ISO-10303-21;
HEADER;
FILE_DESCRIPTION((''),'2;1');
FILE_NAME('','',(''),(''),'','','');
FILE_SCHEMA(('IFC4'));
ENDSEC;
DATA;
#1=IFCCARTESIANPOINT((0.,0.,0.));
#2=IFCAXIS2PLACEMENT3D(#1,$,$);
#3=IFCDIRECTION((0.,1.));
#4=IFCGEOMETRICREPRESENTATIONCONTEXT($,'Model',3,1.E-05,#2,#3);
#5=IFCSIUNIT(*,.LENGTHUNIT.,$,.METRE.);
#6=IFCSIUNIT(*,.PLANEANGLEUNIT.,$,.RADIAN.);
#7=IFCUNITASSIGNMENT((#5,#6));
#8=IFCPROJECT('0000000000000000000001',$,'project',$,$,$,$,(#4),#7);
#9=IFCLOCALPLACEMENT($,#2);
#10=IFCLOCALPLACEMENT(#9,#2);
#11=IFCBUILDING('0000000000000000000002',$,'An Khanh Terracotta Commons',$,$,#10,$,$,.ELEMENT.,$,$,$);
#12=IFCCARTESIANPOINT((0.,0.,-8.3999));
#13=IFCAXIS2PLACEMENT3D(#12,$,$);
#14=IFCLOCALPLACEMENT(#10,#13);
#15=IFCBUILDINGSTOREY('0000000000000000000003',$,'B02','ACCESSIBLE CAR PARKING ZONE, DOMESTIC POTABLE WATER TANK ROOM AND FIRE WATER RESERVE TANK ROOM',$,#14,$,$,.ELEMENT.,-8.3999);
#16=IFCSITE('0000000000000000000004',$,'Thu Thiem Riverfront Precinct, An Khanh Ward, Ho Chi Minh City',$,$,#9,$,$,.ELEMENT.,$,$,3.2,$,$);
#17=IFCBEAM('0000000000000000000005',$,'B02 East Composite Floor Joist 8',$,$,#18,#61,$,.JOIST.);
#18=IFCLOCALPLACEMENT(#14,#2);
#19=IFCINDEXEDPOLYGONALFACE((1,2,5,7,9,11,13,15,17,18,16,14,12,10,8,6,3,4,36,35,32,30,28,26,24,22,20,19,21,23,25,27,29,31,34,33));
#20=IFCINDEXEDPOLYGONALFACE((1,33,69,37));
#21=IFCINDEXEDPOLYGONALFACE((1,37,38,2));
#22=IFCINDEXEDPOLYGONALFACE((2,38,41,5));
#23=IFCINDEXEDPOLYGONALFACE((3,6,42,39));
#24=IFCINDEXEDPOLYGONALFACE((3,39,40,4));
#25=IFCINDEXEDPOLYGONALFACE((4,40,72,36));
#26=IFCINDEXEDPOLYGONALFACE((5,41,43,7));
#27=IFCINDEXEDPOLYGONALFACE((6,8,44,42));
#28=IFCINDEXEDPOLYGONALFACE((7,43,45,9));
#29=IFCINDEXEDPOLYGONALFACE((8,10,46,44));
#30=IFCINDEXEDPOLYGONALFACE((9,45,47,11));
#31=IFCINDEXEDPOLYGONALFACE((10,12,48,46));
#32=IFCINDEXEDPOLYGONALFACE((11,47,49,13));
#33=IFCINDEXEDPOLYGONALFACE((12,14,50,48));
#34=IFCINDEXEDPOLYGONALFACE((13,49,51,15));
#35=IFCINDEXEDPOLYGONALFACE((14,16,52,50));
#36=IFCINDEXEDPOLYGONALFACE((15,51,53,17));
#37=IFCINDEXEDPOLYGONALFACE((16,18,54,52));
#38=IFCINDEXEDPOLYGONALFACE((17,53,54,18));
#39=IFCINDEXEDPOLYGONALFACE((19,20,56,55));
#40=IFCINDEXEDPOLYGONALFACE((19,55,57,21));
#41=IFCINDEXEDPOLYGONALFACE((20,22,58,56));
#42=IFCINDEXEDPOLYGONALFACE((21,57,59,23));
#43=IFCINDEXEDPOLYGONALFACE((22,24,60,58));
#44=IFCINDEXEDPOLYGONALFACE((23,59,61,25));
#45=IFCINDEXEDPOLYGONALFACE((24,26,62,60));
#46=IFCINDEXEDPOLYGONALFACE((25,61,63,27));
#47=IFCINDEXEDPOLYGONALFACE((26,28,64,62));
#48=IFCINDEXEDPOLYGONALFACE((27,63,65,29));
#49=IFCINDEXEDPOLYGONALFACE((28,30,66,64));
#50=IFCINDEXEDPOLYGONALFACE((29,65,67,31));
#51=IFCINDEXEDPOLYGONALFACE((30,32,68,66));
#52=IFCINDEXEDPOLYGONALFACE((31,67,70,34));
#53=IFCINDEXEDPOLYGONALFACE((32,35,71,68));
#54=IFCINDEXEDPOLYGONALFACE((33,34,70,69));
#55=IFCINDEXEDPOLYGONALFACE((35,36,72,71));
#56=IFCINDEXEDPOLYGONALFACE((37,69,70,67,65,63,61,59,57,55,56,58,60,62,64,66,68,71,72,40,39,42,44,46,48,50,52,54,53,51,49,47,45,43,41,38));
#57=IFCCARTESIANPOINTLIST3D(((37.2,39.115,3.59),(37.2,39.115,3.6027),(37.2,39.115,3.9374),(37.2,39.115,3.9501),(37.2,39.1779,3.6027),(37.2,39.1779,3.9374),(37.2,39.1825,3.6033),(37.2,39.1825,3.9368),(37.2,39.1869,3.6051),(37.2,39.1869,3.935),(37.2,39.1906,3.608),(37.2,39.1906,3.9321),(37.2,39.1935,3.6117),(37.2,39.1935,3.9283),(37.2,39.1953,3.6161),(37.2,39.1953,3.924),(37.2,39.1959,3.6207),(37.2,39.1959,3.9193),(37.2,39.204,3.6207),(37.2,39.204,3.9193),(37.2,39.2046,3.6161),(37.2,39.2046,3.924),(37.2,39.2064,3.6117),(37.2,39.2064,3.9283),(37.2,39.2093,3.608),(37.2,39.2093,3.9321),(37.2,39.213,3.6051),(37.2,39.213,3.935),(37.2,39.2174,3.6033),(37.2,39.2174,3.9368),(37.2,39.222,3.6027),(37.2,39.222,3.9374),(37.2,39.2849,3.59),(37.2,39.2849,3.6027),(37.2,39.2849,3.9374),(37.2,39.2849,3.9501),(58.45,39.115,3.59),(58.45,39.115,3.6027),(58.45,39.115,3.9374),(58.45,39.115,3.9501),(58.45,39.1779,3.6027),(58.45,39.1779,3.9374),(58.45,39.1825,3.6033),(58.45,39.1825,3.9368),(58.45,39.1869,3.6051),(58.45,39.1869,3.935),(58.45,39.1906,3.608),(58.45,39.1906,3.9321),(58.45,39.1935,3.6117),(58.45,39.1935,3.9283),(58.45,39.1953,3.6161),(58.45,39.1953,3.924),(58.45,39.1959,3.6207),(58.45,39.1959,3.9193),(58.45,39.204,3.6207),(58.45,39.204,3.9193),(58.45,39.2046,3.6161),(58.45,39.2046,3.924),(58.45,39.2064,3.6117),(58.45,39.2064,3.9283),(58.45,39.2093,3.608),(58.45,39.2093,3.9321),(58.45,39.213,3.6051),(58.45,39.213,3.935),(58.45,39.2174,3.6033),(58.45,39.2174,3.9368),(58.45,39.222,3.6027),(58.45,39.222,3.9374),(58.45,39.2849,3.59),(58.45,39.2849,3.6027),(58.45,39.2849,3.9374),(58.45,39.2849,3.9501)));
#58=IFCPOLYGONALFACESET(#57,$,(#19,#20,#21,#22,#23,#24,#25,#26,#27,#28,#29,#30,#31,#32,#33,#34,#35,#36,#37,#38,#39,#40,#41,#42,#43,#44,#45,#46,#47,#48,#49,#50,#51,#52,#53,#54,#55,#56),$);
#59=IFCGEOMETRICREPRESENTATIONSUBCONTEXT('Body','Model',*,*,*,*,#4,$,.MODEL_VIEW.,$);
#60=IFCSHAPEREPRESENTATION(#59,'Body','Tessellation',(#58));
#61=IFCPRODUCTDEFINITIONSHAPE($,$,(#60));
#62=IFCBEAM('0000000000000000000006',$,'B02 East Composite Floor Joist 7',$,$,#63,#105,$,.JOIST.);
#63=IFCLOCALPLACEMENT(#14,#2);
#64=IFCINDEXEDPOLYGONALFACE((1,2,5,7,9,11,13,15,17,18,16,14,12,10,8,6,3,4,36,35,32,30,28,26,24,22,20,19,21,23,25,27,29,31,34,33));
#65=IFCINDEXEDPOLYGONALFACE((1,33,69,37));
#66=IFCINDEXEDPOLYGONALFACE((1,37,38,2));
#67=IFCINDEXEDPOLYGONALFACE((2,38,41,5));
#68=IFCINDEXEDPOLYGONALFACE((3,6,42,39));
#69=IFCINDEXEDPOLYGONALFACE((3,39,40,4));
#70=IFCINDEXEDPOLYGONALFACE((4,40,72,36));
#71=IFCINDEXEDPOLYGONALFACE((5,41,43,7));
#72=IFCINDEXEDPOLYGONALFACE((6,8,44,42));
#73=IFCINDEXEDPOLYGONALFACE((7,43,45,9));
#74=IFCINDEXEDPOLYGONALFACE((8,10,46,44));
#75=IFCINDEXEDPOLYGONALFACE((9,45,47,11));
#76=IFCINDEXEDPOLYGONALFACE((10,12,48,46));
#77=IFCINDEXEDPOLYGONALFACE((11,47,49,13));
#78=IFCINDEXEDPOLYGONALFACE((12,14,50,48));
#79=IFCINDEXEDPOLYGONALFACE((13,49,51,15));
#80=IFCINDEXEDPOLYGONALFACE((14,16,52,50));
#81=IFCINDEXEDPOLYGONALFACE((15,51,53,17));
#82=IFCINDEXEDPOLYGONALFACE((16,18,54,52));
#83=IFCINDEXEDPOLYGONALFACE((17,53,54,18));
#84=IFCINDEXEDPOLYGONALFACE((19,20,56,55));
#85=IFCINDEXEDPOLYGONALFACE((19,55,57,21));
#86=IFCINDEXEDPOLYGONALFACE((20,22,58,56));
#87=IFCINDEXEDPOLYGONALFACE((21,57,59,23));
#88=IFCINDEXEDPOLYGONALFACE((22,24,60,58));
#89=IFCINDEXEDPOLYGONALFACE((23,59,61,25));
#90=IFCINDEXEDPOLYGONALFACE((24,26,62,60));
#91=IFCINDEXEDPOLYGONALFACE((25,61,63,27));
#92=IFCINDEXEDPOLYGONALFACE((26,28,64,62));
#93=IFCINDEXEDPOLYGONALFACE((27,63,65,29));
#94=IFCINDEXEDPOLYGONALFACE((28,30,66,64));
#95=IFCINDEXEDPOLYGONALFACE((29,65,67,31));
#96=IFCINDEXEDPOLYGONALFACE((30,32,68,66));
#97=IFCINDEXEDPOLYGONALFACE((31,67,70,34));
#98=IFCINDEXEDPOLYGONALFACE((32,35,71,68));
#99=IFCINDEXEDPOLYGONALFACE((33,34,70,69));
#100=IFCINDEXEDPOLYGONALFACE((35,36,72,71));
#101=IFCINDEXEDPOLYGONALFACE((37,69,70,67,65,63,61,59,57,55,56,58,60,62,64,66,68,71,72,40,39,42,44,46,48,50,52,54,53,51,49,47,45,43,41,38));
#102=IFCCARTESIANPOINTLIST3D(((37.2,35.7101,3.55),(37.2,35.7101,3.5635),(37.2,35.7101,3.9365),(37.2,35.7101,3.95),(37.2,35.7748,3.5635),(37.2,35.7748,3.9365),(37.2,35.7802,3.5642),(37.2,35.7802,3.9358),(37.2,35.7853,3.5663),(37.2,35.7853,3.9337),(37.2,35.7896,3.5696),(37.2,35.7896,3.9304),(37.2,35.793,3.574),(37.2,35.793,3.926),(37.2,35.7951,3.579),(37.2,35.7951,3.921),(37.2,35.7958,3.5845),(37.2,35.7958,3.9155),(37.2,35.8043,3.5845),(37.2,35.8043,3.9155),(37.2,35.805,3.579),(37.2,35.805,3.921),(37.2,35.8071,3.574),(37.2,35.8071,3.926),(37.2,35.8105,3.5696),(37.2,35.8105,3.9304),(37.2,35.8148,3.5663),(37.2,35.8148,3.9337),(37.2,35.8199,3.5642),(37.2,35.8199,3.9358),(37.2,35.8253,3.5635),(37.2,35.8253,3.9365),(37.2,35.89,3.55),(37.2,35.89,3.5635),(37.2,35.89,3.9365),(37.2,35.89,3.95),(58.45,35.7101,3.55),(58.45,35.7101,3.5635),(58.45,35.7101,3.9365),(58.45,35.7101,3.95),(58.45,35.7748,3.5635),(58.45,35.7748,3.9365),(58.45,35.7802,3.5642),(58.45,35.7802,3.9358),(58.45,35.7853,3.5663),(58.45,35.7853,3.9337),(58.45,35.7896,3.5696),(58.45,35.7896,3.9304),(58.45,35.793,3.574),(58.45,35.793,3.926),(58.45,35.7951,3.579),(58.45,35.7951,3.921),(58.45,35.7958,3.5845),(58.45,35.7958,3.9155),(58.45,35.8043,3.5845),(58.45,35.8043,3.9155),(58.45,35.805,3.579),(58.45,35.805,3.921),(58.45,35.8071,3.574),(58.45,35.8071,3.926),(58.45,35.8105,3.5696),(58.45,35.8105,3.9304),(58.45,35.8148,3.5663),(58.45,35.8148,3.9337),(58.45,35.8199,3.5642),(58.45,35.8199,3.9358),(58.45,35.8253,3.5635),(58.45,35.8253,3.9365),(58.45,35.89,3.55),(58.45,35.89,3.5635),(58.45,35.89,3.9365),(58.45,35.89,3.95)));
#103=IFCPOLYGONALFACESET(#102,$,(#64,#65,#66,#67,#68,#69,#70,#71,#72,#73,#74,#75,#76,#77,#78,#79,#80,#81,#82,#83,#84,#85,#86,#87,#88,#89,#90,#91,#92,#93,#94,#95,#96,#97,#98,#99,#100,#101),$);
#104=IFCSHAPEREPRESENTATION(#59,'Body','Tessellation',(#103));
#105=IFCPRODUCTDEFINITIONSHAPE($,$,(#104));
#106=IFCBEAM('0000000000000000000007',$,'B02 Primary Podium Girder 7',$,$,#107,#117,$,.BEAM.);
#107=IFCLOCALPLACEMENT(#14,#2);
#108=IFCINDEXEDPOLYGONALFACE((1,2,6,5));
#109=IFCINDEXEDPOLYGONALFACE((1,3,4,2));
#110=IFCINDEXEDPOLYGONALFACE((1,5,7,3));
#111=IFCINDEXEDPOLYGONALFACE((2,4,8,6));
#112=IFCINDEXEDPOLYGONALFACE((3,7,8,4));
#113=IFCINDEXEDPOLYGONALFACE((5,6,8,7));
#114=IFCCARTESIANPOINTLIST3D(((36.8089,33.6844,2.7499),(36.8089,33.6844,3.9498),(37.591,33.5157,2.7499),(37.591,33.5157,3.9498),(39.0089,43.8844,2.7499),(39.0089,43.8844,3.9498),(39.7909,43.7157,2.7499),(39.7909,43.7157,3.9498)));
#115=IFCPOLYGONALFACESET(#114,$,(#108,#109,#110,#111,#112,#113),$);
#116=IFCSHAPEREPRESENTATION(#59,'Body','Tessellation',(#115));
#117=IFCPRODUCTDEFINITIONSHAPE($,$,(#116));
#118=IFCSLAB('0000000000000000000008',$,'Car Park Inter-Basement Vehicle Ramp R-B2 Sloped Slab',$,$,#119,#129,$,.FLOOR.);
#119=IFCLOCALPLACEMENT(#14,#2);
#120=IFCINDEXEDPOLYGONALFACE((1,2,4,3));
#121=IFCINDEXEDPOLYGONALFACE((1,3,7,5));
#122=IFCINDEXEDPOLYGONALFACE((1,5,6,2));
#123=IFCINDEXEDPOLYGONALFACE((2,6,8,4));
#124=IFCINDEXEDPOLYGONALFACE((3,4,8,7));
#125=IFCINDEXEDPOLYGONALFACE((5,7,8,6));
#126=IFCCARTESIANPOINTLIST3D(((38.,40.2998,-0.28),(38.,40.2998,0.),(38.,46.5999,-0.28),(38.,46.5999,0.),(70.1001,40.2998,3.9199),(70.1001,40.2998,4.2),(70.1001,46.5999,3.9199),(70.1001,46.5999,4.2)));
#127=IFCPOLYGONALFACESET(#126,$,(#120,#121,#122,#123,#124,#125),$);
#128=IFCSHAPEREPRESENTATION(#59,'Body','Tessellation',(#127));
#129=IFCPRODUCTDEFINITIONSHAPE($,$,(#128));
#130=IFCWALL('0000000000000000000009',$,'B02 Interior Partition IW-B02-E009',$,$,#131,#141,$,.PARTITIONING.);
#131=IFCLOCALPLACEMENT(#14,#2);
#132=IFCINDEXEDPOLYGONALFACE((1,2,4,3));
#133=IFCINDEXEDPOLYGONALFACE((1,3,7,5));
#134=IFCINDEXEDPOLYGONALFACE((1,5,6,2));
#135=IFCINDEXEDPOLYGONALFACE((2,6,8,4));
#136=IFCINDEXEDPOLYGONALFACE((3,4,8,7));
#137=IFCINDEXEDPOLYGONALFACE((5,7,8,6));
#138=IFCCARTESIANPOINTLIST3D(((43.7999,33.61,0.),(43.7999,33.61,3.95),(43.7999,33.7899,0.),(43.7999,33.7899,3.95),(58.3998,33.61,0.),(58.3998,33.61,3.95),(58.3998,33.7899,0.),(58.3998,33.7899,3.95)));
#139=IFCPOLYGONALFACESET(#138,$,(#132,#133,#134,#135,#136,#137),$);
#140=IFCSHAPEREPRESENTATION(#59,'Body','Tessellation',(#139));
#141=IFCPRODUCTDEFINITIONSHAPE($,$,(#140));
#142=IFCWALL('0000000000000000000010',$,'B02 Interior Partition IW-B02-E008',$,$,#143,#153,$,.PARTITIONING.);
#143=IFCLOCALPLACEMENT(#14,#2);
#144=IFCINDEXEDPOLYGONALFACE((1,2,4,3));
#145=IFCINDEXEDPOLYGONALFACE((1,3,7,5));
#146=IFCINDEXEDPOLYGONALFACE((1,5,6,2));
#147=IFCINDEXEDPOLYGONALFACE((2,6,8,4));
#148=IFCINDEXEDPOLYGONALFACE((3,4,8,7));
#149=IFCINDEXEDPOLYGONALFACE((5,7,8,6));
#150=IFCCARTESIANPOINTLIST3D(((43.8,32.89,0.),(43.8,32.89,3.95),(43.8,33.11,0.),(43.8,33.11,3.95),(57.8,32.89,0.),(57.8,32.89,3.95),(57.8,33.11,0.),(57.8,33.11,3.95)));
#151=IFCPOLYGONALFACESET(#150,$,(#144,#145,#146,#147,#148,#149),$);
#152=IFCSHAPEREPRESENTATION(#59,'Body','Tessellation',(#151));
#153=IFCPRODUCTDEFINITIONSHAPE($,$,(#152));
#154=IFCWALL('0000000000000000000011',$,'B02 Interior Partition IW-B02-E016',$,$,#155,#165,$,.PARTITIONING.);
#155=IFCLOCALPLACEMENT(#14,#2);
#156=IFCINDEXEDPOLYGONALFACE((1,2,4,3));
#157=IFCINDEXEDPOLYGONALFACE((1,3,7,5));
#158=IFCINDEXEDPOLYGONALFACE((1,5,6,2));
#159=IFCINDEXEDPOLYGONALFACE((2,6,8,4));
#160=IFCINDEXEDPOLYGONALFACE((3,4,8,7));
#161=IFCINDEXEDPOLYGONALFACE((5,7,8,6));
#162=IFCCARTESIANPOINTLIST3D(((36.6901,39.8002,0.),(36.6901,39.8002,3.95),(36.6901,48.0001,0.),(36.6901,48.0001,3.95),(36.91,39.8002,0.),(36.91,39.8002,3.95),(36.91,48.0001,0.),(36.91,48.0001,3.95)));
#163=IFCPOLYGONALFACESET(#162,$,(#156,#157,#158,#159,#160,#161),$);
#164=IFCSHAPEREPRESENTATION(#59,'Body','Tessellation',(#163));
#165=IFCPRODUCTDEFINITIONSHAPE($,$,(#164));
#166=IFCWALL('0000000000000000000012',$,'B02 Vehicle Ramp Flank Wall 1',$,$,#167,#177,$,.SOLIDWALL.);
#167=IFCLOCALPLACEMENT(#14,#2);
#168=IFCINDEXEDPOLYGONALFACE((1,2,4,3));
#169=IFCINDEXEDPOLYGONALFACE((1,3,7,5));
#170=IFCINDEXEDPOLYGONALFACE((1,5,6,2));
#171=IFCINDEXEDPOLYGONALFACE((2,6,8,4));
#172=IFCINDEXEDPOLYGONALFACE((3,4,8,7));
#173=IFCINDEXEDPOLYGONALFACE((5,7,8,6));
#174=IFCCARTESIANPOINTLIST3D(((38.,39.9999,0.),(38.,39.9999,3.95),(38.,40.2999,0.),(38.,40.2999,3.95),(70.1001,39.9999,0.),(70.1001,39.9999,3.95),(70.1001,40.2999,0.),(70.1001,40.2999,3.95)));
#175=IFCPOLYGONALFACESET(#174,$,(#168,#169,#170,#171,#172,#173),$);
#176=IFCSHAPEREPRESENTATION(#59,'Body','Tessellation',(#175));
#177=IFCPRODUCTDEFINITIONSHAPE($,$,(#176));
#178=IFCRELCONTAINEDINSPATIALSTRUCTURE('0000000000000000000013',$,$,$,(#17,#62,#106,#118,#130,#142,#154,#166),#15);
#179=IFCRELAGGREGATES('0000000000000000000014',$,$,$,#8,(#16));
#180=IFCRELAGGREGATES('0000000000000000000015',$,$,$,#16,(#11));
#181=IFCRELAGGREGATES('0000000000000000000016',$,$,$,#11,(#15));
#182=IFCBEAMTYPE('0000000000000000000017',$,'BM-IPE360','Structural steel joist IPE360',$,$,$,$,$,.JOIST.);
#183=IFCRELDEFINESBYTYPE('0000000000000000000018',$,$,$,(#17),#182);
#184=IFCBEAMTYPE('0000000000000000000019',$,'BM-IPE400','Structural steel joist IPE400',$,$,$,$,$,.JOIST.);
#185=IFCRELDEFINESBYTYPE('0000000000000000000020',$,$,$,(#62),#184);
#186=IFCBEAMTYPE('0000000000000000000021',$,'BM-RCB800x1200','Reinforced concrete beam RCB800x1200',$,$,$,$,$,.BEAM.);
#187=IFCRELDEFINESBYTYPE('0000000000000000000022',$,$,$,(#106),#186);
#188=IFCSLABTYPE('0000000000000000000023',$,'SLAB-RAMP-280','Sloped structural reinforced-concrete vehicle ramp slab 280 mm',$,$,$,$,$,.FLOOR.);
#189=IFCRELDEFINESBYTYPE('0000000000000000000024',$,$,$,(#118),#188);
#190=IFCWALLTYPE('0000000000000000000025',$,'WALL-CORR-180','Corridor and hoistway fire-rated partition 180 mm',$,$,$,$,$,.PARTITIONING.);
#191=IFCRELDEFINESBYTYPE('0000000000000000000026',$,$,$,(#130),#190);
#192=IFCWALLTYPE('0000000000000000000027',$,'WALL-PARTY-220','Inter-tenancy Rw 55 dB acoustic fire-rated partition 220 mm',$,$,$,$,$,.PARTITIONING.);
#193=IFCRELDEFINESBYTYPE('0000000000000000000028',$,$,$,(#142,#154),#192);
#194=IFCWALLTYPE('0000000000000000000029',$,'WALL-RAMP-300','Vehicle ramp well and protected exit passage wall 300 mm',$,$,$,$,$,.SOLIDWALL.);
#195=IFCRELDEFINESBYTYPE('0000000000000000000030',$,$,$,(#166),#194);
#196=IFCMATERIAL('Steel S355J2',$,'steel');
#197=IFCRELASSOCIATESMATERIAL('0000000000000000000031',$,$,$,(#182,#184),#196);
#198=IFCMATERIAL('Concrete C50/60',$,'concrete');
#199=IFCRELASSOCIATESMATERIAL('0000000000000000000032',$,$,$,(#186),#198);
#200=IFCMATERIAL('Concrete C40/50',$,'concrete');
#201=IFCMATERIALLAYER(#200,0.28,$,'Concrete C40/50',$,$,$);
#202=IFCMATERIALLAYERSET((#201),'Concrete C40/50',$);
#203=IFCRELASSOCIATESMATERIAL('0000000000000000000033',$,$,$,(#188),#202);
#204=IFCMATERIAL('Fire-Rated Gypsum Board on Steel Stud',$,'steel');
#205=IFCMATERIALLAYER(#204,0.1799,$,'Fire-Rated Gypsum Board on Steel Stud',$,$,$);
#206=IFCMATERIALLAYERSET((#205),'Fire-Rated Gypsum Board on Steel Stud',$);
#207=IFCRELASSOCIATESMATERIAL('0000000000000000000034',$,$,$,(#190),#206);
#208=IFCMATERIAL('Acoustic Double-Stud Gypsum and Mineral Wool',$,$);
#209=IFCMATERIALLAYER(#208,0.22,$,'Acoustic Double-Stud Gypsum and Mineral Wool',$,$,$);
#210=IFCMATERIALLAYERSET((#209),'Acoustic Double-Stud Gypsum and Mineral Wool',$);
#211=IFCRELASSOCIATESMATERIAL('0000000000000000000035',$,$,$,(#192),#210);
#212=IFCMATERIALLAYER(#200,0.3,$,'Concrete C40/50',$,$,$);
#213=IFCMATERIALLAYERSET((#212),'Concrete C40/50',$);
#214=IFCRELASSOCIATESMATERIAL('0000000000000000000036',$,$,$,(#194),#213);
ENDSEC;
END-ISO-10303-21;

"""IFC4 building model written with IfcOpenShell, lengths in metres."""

from ifc_helpers import new_model, si_unit, direction, frame, frame_2d, origin, origin_2d, place, context, subcontext, project, spatial, polyline, rectangle, i_section, outline, extrude, material, layer, layer_set, material_profile, profile_set, type_object, element, save


model = new_model("IFC4")

# Units and contexts
model_context = context("Model", 3, precision=1e-05, world=origin(), true_north=direction((0.0, 1.0)))
body_context = subcontext(model_context, "Body", "Model", "MODEL_VIEW")
ifc_project = project(units=[si_unit("LENGTHUNIT", "METRE"), si_unit("PLANEANGLEUNIT", "RADIAN")], contexts=[model_context])

# Site, building, storey
site_placement = place(None, origin())
site = spatial("IfcSite", under=ifc_project, at=site_placement, Name="Thu Thiem Riverfront Precinct, An Khanh Ward, Ho Chi Minh City", CompositionType="ELEMENT", RefElevation=3.2)
building_placement = place(site_placement, origin())
building = spatial("IfcBuilding", under=site, at=building_placement, Name="An Khanh Terracotta Commons", CompositionType="ELEMENT")
storey_placement = place(building_placement, frame((0.0, 0.0, -8.3999)))
storey = spatial("IfcBuildingStorey", under=building, at=storey_placement, Name="B02", Description="ACCESSIBLE CAR PARKING ZONE, DOMESTIC POTABLE WATER TANK ROOM AND FIRE WATER RESERVE TANK ROOM", CompositionType="ELEMENT", Elevation=-8.3999)

# Shared definitions
ifc_material_1 = material(Name="Concrete C50/60", Category="concrete")

# Beams
ifc_material_2 = material(Name="Steel S355J2", Category="steel")
ifc_material_profile_1 = material_profile(ifc_material_2, i_section(OverallWidth=0.1699, OverallDepth=0.3601, WebThickness=0.0081, FlangeThickness=0.0127, FilletRadius=0.0181, at=origin_2d()), Name="IPE360")
ifc_profile_set_1 = profile_set([ifc_material_profile_1], Name="Steel S355J2")
beam_type_1 = type_object("IfcBeamType", Name="BM-IPE360", Description="Structural steel joist IPE360", PredefinedType="JOIST", material=ifc_profile_set_1)
beam_1_placement = place(storey_placement, frame((37.2, 39.2, 3.77), z_axis=(1.0, 0.0, 0.0), x_axis=(0.0, 1.0, 0.0)))
element("IfcBeam", 1, at=beam_1_placement, inside=storey, type_object=beam_type_1, Name="B02 East Composite Floor Joist 8", PredefinedType="JOIST", context=body_context, shape_type="SweptSolid", body=[
    extrude(i_section(OverallWidth=0.1699, OverallDepth=0.3601, WebThickness=0.0081, FlangeThickness=0.0127, FilletRadius=0.0181, at=origin_2d()), origin(), (0.0, 0.0, 1.0), 21.25),
])
ifc_material_profile_2 = material_profile(ifc_material_2, i_section(OverallWidth=0.1799, OverallDepth=0.3999, WebThickness=0.0085, FlangeThickness=0.0134, FilletRadius=0.021, at=origin_2d()), Name="IPE400")
ifc_profile_set_2 = profile_set([ifc_material_profile_2], Name="Steel S355J2")
beam_type_2 = type_object("IfcBeamType", Name="BM-IPE400", Description="Structural steel joist IPE400", PredefinedType="JOIST", material=ifc_profile_set_2)
beam_2_placement = place(storey_placement, frame((37.2, 35.8, 3.75), z_axis=(1.0, 0.0, 0.0), x_axis=(0.0, 1.0, 0.0)))
element("IfcBeam", 2, at=beam_2_placement, inside=storey, type_object=beam_type_2, Name="B02 East Composite Floor Joist 7", PredefinedType="JOIST", context=body_context, shape_type="SweptSolid", body=[
    extrude(i_section(OverallWidth=0.1799, OverallDepth=0.3999, WebThickness=0.0085, FlangeThickness=0.0134, FilletRadius=0.021, at=origin_2d()), origin(), (0.0, 0.0, 1.0), 21.25),
])
ifc_material_profile_3 = material_profile(ifc_material_1, rectangle(XDim=0.8, YDim=1.2, at=origin_2d()), Name="RCB800x1200")
ifc_profile_set_3 = profile_set([ifc_material_profile_3], Name="Concrete C50/60")
beam_type_3 = type_object("IfcBeamType", Name="BM-RCB800x1200", Description="Reinforced concrete beam RCB800x1200", PredefinedType="BEAM", material=ifc_profile_set_3)
beam_3_placement = place(storey_placement, frame((39.3999, 43.8, 3.3499), z_axis=(-0.210834, -0.977522, 0.0), x_axis=(0.977522, -0.210834, 0.0)))
element("IfcBeam", 3, at=beam_3_placement, inside=storey, type_object=beam_type_3, Name="B02 Primary Podium Girder 7", PredefinedType="BEAM", context=body_context, shape_type="SweptSolid", body=[
    extrude(rectangle(XDim=0.8, YDim=1.2, at=origin_2d()), origin(), (0.0, 0.0, 1.0), 10.4346),
])

# Slab
ifc_material_3 = material(Name="Concrete C40/50", Category="concrete")
ifc_layer_1 = layer(ifc_material_3, 0.28, Name="Concrete C40/50")
ifc_layer_set_1 = layer_set([ifc_layer_1], Name="Concrete C40/50")
slab_type = type_object("IfcSlabType", Name="SLAB-RAMP-280", Description="Sloped structural reinforced-concrete vehicle ramp slab 280 mm", PredefinedType="FLOOR", material=ifc_layer_set_1)
slab_placement = place(storey_placement, frame((38.0, 43.45, 0.0), z_axis=(0.0, 0.0, 1.0), x_axis=(1.0, 0.0, 0.0)))
element("IfcSlab", 4, at=slab_placement, inside=storey, type_object=slab_type, Name="Car Park Inter-Basement Vehicle Ramp R-B2 Sloped Slab", PredefinedType="FLOOR", context=body_context, shape_type="SweptSolid", body=[
    extrude(outline(polyline([(0.0, 0.0), (32.1001, 4.2), (32.1001, 3.9199), (0.0, -0.28), (0.0, 0.0)])), frame((0.0, 3.1499, 0.0), z_axis=(0.0, -1.0, 0.0), x_axis=(1.0, 0.0, 0.0)), (0.0, 0.0, 1.0), 6.3),
])

# Walls
ifc_material_4 = material(Name="Fire-Rated Gypsum Board on Steel Stud", Category="steel")
ifc_layer_2 = layer(ifc_material_4, 0.1799, Name="Fire-Rated Gypsum Board on Steel Stud")
ifc_layer_set_2 = layer_set([ifc_layer_2], Name="Fire-Rated Gypsum Board on Steel Stud")
wall_type_1 = type_object("IfcWallType", Name="WALL-CORR-180", Description="Corridor and hoistway fire-rated partition 180 mm", PredefinedType="PARTITIONING", material=ifc_layer_set_2)
wall_1_placement = place(storey_placement, frame((43.8, 33.7, 0.0), z_axis=(0.0, 0.0, 1.0), x_axis=(1.0, 0.0, 0.0)))
element("IfcWall", 5, at=wall_1_placement, inside=storey, type_object=wall_type_1, Name="B02 Interior Partition IW-B02-E009", PredefinedType="PARTITIONING", context=body_context, shape_type="SweptSolid", body=[
    extrude(rectangle(XDim=14.5999, YDim=0.1799, at=frame_2d((7.2998, 0.0))), origin(), (0.0, 0.0, 1.0), 3.95),
])
ifc_material_5 = material(Name="Acoustic Double-Stud Gypsum and Mineral Wool")
ifc_layer_3 = layer(ifc_material_5, 0.22, Name="Acoustic Double-Stud Gypsum and Mineral Wool")
ifc_layer_set_3 = layer_set([ifc_layer_3], Name="Acoustic Double-Stud Gypsum and Mineral Wool")
wall_type_2 = type_object("IfcWallType", Name="WALL-PARTY-220", Description="Inter-tenancy Rw 55 dB acoustic fire-rated partition 220 mm", PredefinedType="PARTITIONING", material=ifc_layer_set_3)
wall_2_placement = place(storey_placement, frame((43.8, 33.0, 0.0), z_axis=(0.0, 0.0, 1.0), x_axis=(1.0, 0.0, 0.0)))
element("IfcWall", 6, at=wall_2_placement, inside=storey, type_object=wall_type_2, Name="B02 Interior Partition IW-B02-E008", PredefinedType="PARTITIONING", context=body_context, shape_type="SweptSolid", body=[
    extrude(rectangle(XDim=14.0, YDim=0.22, at=frame_2d((7.0, 0.0))), origin(), (0.0, 0.0, 1.0), 3.95),
])
wall_3_placement = place(storey_placement, frame((36.8, 39.8, 0.0), z_axis=(0.0, 0.0, 1.0), x_axis=(0.0, 1.0, 0.0)))
element("IfcWall", 7, at=wall_3_placement, inside=storey, type_object=wall_type_2, Name="B02 Interior Partition IW-B02-E016", PredefinedType="PARTITIONING", context=body_context, shape_type="SweptSolid", body=[
    extrude(rectangle(XDim=8.2, YDim=0.22, at=frame_2d((4.1001, 0.0))), origin(), (0.0, 0.0, 1.0), 3.95),
])
ifc_layer_4 = layer(ifc_material_3, 0.3, Name="Concrete C40/50")
ifc_layer_set_4 = layer_set([ifc_layer_4], Name="Concrete C40/50")
wall_type_3 = type_object("IfcWallType", Name="WALL-RAMP-300", Description="Vehicle ramp well and protected exit passage wall 300 mm", PredefinedType="SOLIDWALL", material=ifc_layer_set_4)
for number, where, z_axis, x_axis, name in (
    (8, (38.0, 40.1499, 0.0), (0.0, 0.0, 1.0), (1.0, 0.0, 0.0), "B02 Vehicle Ramp Flank Wall 1"),
):
    element("IfcWall", number, at=place(storey_placement, frame(where, z_axis=z_axis, x_axis=x_axis)), inside=storey, type_object=wall_type_3, Name=name, PredefinedType="SOLIDWALL", context=body_context, shape_type="SweptSolid", body=[
        extrude(rectangle(XDim=32.1001, YDim=0.3, at=frame_2d((16.05, 0.0))), origin(), (0.0, 0.0, 1.0), 3.95),
    ])

save(model, "model.ifc")
